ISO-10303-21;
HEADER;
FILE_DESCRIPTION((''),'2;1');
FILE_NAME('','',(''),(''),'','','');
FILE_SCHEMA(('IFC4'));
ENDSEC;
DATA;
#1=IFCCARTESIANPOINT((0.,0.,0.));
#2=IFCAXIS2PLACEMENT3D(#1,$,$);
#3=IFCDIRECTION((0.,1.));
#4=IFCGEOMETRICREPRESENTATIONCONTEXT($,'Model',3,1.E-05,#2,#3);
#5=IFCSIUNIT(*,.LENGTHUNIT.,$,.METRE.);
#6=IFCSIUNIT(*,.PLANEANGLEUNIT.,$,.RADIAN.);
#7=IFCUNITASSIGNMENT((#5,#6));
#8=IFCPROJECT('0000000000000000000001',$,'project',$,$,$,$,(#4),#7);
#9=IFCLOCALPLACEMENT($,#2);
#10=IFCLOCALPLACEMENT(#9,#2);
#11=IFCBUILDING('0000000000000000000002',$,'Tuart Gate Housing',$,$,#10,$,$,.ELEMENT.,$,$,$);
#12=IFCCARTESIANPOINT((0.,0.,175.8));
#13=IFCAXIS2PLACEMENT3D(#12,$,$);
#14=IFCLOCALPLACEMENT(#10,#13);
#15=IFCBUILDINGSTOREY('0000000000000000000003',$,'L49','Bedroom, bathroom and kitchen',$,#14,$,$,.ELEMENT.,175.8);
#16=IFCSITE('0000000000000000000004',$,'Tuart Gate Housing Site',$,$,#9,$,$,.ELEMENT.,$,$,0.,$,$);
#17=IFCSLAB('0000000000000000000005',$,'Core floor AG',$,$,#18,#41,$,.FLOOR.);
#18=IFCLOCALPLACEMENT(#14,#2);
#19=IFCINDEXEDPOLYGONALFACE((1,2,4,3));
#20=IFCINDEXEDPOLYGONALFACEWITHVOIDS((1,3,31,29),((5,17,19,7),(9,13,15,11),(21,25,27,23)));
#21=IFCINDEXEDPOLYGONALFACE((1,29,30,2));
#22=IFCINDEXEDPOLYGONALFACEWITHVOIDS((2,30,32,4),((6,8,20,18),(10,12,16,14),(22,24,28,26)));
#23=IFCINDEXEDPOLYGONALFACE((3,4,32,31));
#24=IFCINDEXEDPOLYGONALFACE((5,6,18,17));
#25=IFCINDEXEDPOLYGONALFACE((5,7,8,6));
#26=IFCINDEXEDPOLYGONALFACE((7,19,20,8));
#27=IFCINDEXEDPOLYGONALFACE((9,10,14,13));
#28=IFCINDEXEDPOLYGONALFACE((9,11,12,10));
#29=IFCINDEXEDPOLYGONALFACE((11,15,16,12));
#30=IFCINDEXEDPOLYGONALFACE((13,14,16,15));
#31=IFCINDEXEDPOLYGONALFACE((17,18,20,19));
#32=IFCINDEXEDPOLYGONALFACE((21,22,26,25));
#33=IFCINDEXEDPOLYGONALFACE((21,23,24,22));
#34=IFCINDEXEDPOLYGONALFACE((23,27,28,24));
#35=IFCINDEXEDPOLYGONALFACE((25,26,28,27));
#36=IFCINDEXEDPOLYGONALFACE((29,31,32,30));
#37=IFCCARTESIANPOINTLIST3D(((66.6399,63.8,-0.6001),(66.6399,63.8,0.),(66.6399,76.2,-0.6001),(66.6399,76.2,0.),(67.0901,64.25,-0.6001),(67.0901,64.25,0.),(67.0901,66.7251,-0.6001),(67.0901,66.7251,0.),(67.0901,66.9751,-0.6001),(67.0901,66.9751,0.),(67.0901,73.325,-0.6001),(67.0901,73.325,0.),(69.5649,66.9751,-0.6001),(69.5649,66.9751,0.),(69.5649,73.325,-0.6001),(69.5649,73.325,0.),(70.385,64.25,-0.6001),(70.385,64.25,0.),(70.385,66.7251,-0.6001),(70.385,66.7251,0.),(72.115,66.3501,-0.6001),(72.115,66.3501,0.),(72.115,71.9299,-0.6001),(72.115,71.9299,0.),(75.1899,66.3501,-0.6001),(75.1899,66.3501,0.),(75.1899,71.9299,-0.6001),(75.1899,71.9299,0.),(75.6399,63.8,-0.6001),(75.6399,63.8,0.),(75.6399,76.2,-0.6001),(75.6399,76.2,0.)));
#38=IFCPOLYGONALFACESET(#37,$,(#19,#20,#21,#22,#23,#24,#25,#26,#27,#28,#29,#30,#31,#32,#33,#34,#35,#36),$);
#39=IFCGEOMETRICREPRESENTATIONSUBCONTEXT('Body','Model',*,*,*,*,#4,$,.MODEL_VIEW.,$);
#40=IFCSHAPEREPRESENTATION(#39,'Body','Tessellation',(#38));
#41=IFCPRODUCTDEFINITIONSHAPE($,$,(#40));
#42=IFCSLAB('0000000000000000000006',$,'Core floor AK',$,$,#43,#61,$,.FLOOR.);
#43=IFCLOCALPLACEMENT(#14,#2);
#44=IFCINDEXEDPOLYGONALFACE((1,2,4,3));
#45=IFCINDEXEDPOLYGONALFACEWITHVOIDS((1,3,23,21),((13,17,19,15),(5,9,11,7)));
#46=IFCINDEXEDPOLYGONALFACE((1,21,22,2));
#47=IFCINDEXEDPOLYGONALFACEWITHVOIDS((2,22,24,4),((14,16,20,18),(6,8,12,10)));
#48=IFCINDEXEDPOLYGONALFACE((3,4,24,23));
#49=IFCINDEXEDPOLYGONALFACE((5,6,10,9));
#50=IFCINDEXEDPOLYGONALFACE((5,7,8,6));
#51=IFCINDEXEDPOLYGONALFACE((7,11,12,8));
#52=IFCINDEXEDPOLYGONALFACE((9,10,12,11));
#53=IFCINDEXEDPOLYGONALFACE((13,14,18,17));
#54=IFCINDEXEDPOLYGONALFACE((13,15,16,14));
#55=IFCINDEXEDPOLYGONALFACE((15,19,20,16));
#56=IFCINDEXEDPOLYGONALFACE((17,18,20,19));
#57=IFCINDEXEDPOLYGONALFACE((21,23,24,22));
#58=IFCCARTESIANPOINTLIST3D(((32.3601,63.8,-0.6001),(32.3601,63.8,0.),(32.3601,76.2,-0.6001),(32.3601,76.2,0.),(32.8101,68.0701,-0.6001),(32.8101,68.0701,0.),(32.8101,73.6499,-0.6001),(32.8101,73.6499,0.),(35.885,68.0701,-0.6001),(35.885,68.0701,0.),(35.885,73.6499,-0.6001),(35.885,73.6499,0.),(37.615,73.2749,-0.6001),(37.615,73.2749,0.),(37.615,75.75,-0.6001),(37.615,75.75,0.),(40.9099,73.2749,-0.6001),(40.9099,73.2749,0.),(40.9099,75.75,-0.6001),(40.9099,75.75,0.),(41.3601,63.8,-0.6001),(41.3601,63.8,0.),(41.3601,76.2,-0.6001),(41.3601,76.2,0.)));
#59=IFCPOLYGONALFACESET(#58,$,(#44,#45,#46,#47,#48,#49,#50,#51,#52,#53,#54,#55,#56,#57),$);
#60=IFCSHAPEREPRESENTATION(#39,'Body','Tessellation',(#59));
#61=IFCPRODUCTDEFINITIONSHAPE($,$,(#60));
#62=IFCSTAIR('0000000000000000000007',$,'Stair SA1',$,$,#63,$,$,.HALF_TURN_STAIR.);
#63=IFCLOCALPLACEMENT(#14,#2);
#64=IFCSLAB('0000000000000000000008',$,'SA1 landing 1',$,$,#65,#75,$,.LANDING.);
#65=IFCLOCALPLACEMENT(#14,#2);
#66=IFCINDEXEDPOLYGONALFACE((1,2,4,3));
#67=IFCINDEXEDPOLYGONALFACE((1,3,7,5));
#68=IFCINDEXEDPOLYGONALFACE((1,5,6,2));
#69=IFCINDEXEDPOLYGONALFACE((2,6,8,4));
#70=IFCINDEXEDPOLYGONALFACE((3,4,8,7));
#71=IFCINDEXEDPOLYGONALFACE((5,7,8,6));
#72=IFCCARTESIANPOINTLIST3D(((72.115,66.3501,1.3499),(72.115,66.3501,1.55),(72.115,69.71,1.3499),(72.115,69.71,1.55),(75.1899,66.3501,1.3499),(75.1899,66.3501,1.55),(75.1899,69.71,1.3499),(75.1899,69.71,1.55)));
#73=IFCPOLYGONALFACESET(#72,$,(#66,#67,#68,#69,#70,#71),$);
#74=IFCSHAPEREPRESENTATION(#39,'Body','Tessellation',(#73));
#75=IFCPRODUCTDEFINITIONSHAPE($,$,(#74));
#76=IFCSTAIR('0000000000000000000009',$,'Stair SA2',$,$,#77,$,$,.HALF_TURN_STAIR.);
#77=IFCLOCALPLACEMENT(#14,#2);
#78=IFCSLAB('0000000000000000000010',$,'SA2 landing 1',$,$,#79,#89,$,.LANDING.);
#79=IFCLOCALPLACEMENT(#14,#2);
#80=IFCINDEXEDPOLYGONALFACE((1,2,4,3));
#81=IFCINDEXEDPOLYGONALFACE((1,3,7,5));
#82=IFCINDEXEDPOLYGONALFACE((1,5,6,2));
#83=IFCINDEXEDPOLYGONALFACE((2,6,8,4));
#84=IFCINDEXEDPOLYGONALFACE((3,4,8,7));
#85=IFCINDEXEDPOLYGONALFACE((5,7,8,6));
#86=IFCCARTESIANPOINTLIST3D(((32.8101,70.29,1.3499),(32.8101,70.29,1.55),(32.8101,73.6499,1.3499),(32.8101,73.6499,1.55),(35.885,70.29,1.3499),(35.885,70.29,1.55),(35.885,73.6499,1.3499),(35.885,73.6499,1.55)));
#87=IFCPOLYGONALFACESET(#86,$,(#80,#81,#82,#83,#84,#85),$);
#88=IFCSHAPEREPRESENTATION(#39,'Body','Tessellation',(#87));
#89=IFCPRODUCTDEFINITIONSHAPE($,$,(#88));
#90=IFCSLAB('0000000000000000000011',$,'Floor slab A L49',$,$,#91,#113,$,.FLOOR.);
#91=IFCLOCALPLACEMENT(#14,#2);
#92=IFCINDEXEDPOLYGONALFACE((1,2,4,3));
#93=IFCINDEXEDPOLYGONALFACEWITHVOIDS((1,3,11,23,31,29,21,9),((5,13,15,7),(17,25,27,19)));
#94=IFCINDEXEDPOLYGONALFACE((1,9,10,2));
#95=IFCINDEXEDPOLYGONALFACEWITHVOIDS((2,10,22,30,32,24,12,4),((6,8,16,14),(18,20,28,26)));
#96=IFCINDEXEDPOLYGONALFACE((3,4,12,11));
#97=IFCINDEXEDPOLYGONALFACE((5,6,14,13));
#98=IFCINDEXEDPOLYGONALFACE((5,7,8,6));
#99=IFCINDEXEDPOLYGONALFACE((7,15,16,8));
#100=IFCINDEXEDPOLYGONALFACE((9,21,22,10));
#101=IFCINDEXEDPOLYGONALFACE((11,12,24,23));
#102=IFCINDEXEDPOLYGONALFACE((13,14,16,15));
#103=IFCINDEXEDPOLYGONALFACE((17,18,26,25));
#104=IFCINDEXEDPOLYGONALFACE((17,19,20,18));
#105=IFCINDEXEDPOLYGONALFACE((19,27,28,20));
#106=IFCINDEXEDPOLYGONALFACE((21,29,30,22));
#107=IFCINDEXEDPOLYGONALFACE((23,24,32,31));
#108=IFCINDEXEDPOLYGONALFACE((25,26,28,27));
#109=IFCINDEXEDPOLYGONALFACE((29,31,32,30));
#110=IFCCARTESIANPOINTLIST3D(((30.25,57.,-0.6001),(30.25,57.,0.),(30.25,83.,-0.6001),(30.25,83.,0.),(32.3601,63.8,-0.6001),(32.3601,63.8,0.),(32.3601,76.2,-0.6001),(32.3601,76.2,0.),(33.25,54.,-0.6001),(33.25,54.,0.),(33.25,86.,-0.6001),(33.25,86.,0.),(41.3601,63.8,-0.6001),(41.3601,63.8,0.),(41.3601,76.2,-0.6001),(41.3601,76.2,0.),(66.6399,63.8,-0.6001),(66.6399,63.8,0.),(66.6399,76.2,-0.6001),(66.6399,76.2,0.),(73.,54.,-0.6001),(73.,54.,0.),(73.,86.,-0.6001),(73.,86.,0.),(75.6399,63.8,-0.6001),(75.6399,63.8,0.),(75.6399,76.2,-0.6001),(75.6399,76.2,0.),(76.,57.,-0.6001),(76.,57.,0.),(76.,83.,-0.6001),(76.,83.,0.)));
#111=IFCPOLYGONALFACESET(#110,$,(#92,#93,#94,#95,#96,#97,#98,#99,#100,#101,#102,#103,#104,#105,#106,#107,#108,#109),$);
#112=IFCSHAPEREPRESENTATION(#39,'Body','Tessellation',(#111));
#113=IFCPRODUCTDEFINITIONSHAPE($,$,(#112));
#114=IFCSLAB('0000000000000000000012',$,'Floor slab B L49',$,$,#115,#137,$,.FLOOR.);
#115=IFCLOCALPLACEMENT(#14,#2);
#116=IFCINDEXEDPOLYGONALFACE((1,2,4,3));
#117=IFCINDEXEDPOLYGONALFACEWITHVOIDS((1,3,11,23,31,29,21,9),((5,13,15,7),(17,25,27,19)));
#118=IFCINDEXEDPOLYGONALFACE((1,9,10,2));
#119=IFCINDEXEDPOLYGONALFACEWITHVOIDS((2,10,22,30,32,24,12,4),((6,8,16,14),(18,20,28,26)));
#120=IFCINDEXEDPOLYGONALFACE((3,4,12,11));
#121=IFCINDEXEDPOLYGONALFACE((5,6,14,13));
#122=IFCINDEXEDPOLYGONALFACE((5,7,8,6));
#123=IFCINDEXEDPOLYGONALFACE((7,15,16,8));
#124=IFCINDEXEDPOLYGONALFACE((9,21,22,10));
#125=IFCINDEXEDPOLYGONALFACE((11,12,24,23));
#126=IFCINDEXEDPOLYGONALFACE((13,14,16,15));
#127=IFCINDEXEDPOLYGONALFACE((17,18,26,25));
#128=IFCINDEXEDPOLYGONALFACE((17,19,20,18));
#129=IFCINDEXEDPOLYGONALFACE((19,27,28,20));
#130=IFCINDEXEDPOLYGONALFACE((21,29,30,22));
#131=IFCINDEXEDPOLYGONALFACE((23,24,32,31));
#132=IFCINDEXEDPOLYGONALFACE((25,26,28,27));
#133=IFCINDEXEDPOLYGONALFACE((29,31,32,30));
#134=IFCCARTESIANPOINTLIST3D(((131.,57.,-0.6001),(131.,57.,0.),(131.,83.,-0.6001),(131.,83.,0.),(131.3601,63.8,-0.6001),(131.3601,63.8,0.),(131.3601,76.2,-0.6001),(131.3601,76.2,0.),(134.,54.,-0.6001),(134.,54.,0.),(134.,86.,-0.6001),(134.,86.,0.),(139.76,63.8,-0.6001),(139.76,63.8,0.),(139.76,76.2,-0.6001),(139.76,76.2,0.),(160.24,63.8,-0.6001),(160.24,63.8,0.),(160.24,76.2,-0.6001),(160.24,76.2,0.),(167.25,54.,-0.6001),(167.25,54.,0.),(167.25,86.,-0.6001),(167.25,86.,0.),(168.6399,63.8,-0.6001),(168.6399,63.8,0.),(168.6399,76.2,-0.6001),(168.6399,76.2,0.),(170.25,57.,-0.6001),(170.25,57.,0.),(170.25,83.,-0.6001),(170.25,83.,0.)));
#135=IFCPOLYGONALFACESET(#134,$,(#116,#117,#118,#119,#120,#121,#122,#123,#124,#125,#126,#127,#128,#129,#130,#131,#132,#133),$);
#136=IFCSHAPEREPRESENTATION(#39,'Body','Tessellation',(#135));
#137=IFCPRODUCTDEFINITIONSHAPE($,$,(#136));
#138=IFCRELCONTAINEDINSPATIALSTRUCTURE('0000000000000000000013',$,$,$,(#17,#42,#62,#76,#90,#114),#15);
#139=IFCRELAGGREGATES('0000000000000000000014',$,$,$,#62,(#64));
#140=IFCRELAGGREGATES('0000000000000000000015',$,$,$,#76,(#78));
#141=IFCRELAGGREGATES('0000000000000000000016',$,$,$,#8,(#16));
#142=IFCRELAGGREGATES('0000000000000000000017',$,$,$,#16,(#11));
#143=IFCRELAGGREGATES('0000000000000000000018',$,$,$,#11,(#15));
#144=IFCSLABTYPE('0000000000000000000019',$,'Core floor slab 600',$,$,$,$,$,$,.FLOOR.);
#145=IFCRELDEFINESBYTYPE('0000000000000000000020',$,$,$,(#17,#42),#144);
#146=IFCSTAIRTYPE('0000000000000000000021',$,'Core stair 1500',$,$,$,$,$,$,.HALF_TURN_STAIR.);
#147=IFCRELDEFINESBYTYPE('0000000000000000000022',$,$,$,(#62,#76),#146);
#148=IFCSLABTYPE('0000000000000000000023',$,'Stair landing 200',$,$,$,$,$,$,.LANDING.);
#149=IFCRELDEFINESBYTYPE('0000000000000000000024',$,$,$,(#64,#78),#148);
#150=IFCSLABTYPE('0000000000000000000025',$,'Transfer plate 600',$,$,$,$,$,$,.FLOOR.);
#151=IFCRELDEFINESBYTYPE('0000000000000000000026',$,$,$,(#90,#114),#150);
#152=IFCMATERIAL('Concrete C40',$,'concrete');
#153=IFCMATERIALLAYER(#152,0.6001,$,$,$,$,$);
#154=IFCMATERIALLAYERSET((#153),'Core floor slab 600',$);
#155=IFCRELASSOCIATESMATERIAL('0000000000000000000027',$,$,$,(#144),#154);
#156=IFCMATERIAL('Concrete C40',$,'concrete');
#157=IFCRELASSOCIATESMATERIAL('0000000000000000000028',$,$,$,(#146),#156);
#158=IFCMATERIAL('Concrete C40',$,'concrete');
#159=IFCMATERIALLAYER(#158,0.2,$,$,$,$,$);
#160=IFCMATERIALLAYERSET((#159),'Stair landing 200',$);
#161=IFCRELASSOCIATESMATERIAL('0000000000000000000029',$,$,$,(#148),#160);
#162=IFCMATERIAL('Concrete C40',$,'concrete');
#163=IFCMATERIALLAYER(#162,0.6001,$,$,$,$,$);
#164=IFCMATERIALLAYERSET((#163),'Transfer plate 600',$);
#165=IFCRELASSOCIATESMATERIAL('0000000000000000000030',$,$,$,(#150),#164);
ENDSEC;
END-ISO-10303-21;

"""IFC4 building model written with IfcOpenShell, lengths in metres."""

from ifc_helpers import new_model, si_unit, direction, frame, origin, place, context, subcontext, project, spatial, polyline, outline, extrude, material, layer, layer_set, type_object, element, aggregate, save


model = new_model("IFC4")

# Units and contexts
model_context = context("Model", 3, precision=1e-05, world=origin(), true_north=direction((0.0, 1.0)))
body_context = subcontext(model_context, "Body", "Model", "MODEL_VIEW")
ifc_project = project(units=[si_unit("LENGTHUNIT", "METRE"), si_unit("PLANEANGLEUNIT", "RADIAN")], contexts=[model_context])

# Site, building, storey
site_placement = place(None, origin())
site = spatial("IfcSite", under=ifc_project, at=site_placement, Name="Tuart Gate Housing Site", CompositionType="ELEMENT", RefElevation=0.0)
building_placement = place(site_placement, origin())
building = spatial("IfcBuilding", under=site, at=building_placement, Name="Tuart Gate Housing", CompositionType="ELEMENT")
storey_placement = place(building_placement, frame((0.0, 0.0, 175.8)))
storey = spatial("IfcBuildingStorey", under=building, at=storey_placement, Name="L49", Description="Bedroom, bathroom and kitchen", CompositionType="ELEMENT", Elevation=175.8)

# Slabs
ifc_material_1 = material(Name="Concrete C40", Category="concrete")
ifc_layer_1 = layer(ifc_material_1, 0.6001)
ifc_layer_set_1 = layer_set([ifc_layer_1], Name="Core floor slab 600")
slab_type_1 = type_object("IfcSlabType", Name="Core floor slab 600", PredefinedType="FLOOR", material=ifc_layer_set_1)
slab_1_placement = place(storey_placement, frame((0.0, 0.0, -0.6001)))
element("IfcSlab", 1, at=slab_1_placement, inside=storey, type_object=slab_type_1, Name="Core floor AG", PredefinedType="FLOOR", context=body_context, shape_type="SweptSolid", body=[
    extrude(outline(polyline([(66.6399, 63.8), (75.6399, 63.8), (75.6399, 76.2), (66.6399, 76.2), (66.6399, 63.8)]), holes=[polyline([(67.0901, 64.25), (70.385, 64.25), (70.385, 66.7251), (67.0901, 66.7251), (67.0901, 64.25)]), polyline([(67.0901, 66.9751), (69.5649, 66.9751), (69.5649, 73.325), (67.0901, 73.325), (67.0901, 66.9751)]), polyline([(72.115, 66.3501), (75.1899, 66.3501), (75.1899, 71.9299), (72.115, 71.9299), (72.115, 66.3501)])]), origin(), (0.0, 0.0, 1.0), 0.6001),
])
slab_2_placement = place(storey_placement, frame((0.0, 0.0, -0.6001)))
element("IfcSlab", 2, at=slab_2_placement, inside=storey, type_object=slab_type_1, Name="Core floor AK", PredefinedType="FLOOR", context=body_context, shape_type="SweptSolid", body=[
    extrude(outline(polyline([(32.3601, 63.8), (41.3601, 63.8), (41.3601, 76.2), (32.3601, 76.2), (32.3601, 63.8)]), holes=[polyline([(40.9099, 75.75), (37.615, 75.75), (37.615, 73.2749), (40.9099, 73.2749), (40.9099, 75.75)]), polyline([(35.885, 73.6499), (32.8101, 73.6499), (32.8101, 68.0701), (35.885, 68.0701), (35.885, 73.6499)])]), origin(), (0.0, 0.0, 1.0), 0.6001),
])

# Stairs, slabs
ifc_material_2 = material(Name="Concrete C40", Category="concrete")
stair_type = type_object("IfcStairType", Name="Core stair 1500", PredefinedType="HALF_TURN_STAIR", material=ifc_material_2)
stair_1_placement = place(storey_placement, origin())
stair_1 = element("IfcStair", 3, at=stair_1_placement, inside=storey, type_object=stair_type, Name="Stair SA1", PredefinedType="HALF_TURN_STAIR")
ifc_material_3 = material(Name="Concrete C40", Category="concrete")
ifc_layer_2 = layer(ifc_material_3, 0.2)
ifc_layer_set_2 = layer_set([ifc_layer_2], Name="Stair landing 200")
slab_type_2 = type_object("IfcSlabType", Name="Stair landing 200", PredefinedType="LANDING", material=ifc_layer_set_2)
slab_3_placement = place(storey_placement, frame((0.0, 0.0, 1.3499)))
slab_3 = element("IfcSlab", 4, at=slab_3_placement, type_object=slab_type_2, Name="SA1 landing 1", PredefinedType="LANDING", context=body_context, shape_type="SweptSolid", body=[
    extrude(outline(polyline([(72.115, 66.3501), (75.1899, 66.3501), (75.1899, 69.71), (72.115, 69.71), (72.115, 66.3501)])), origin(), (0.0, 0.0, 1.0), 0.2002),
])
aggregate(stair_1, [slab_3])
stair_2_placement = place(storey_placement, origin())
stair_2 = element("IfcStair", 5, at=stair_2_placement, inside=storey, type_object=stair_type, Name="Stair SA2", PredefinedType="HALF_TURN_STAIR")
slab_4_placement = place(storey_placement, frame((0.0, 0.0, 1.3499)))
slab_4 = element("IfcSlab", 6, at=slab_4_placement, type_object=slab_type_2, Name="SA2 landing 1", PredefinedType="LANDING", context=body_context, shape_type="SweptSolid", body=[
    extrude(outline(polyline([(35.885, 73.6499), (32.8101, 73.6499), (32.8101, 70.29), (35.885, 70.29), (35.885, 73.6499)])), origin(), (0.0, 0.0, 1.0), 0.2002),
])
aggregate(stair_2, [slab_4])

# Slabs
ifc_material_4 = material(Name="Concrete C40", Category="concrete")
ifc_layer_3 = layer(ifc_material_4, 0.6001)
ifc_layer_set_3 = layer_set([ifc_layer_3], Name="Transfer plate 600")
slab_type_3 = type_object("IfcSlabType", Name="Transfer plate 600", PredefinedType="FLOOR", material=ifc_layer_set_3)
slab_5_placement = place(storey_placement, frame((0.0, 0.0, -0.6001)))
element("IfcSlab", 7, at=slab_5_placement, inside=storey, type_object=slab_type_3, Name="Floor slab A L49", PredefinedType="FLOOR", context=body_context, shape_type="SweptSolid", body=[
    extrude(outline(polyline([(33.25, 86.0), (30.25, 83.0), (30.25, 57.0), (33.25, 54.0), (73.0, 54.0), (76.0, 57.0), (76.0, 83.0), (73.0, 86.0), (33.25, 86.0)]), holes=[polyline([(66.6399, 76.2), (75.6399, 76.2), (75.6399, 63.8), (66.6399, 63.8), (66.6399, 76.2)]), polyline([(41.3601, 76.2), (41.3601, 63.8), (32.3601, 63.8), (32.3601, 76.2), (41.3601, 76.2)])]), origin(), (0.0, 0.0, 1.0), 0.6001),
])
slab_6_placement = place(storey_placement, frame((0.0, 0.0, -0.6001)))
element("IfcSlab", 8, at=slab_6_placement, inside=storey, type_object=slab_type_3, Name="Floor slab B L49", PredefinedType="FLOOR", context=body_context, shape_type="SweptSolid", body=[
    extrude(outline(polyline([(134.0, 86.0), (131.0, 83.0), (131.0, 57.0), (134.0, 54.0), (167.25, 54.0), (170.25, 57.0), (170.25, 83.0), (167.25, 86.0), (134.0, 86.0)]), holes=[polyline([(131.3601, 76.2), (139.76, 76.2), (139.76, 63.8), (131.3601, 63.8), (131.3601, 76.2)]), polyline([(168.6399, 76.2), (168.6399, 63.8), (160.24, 63.8), (160.24, 76.2), (168.6399, 76.2)])]), origin(), (0.0, 0.0, 1.0), 0.6001),
])

save(model, "model.ifc")
